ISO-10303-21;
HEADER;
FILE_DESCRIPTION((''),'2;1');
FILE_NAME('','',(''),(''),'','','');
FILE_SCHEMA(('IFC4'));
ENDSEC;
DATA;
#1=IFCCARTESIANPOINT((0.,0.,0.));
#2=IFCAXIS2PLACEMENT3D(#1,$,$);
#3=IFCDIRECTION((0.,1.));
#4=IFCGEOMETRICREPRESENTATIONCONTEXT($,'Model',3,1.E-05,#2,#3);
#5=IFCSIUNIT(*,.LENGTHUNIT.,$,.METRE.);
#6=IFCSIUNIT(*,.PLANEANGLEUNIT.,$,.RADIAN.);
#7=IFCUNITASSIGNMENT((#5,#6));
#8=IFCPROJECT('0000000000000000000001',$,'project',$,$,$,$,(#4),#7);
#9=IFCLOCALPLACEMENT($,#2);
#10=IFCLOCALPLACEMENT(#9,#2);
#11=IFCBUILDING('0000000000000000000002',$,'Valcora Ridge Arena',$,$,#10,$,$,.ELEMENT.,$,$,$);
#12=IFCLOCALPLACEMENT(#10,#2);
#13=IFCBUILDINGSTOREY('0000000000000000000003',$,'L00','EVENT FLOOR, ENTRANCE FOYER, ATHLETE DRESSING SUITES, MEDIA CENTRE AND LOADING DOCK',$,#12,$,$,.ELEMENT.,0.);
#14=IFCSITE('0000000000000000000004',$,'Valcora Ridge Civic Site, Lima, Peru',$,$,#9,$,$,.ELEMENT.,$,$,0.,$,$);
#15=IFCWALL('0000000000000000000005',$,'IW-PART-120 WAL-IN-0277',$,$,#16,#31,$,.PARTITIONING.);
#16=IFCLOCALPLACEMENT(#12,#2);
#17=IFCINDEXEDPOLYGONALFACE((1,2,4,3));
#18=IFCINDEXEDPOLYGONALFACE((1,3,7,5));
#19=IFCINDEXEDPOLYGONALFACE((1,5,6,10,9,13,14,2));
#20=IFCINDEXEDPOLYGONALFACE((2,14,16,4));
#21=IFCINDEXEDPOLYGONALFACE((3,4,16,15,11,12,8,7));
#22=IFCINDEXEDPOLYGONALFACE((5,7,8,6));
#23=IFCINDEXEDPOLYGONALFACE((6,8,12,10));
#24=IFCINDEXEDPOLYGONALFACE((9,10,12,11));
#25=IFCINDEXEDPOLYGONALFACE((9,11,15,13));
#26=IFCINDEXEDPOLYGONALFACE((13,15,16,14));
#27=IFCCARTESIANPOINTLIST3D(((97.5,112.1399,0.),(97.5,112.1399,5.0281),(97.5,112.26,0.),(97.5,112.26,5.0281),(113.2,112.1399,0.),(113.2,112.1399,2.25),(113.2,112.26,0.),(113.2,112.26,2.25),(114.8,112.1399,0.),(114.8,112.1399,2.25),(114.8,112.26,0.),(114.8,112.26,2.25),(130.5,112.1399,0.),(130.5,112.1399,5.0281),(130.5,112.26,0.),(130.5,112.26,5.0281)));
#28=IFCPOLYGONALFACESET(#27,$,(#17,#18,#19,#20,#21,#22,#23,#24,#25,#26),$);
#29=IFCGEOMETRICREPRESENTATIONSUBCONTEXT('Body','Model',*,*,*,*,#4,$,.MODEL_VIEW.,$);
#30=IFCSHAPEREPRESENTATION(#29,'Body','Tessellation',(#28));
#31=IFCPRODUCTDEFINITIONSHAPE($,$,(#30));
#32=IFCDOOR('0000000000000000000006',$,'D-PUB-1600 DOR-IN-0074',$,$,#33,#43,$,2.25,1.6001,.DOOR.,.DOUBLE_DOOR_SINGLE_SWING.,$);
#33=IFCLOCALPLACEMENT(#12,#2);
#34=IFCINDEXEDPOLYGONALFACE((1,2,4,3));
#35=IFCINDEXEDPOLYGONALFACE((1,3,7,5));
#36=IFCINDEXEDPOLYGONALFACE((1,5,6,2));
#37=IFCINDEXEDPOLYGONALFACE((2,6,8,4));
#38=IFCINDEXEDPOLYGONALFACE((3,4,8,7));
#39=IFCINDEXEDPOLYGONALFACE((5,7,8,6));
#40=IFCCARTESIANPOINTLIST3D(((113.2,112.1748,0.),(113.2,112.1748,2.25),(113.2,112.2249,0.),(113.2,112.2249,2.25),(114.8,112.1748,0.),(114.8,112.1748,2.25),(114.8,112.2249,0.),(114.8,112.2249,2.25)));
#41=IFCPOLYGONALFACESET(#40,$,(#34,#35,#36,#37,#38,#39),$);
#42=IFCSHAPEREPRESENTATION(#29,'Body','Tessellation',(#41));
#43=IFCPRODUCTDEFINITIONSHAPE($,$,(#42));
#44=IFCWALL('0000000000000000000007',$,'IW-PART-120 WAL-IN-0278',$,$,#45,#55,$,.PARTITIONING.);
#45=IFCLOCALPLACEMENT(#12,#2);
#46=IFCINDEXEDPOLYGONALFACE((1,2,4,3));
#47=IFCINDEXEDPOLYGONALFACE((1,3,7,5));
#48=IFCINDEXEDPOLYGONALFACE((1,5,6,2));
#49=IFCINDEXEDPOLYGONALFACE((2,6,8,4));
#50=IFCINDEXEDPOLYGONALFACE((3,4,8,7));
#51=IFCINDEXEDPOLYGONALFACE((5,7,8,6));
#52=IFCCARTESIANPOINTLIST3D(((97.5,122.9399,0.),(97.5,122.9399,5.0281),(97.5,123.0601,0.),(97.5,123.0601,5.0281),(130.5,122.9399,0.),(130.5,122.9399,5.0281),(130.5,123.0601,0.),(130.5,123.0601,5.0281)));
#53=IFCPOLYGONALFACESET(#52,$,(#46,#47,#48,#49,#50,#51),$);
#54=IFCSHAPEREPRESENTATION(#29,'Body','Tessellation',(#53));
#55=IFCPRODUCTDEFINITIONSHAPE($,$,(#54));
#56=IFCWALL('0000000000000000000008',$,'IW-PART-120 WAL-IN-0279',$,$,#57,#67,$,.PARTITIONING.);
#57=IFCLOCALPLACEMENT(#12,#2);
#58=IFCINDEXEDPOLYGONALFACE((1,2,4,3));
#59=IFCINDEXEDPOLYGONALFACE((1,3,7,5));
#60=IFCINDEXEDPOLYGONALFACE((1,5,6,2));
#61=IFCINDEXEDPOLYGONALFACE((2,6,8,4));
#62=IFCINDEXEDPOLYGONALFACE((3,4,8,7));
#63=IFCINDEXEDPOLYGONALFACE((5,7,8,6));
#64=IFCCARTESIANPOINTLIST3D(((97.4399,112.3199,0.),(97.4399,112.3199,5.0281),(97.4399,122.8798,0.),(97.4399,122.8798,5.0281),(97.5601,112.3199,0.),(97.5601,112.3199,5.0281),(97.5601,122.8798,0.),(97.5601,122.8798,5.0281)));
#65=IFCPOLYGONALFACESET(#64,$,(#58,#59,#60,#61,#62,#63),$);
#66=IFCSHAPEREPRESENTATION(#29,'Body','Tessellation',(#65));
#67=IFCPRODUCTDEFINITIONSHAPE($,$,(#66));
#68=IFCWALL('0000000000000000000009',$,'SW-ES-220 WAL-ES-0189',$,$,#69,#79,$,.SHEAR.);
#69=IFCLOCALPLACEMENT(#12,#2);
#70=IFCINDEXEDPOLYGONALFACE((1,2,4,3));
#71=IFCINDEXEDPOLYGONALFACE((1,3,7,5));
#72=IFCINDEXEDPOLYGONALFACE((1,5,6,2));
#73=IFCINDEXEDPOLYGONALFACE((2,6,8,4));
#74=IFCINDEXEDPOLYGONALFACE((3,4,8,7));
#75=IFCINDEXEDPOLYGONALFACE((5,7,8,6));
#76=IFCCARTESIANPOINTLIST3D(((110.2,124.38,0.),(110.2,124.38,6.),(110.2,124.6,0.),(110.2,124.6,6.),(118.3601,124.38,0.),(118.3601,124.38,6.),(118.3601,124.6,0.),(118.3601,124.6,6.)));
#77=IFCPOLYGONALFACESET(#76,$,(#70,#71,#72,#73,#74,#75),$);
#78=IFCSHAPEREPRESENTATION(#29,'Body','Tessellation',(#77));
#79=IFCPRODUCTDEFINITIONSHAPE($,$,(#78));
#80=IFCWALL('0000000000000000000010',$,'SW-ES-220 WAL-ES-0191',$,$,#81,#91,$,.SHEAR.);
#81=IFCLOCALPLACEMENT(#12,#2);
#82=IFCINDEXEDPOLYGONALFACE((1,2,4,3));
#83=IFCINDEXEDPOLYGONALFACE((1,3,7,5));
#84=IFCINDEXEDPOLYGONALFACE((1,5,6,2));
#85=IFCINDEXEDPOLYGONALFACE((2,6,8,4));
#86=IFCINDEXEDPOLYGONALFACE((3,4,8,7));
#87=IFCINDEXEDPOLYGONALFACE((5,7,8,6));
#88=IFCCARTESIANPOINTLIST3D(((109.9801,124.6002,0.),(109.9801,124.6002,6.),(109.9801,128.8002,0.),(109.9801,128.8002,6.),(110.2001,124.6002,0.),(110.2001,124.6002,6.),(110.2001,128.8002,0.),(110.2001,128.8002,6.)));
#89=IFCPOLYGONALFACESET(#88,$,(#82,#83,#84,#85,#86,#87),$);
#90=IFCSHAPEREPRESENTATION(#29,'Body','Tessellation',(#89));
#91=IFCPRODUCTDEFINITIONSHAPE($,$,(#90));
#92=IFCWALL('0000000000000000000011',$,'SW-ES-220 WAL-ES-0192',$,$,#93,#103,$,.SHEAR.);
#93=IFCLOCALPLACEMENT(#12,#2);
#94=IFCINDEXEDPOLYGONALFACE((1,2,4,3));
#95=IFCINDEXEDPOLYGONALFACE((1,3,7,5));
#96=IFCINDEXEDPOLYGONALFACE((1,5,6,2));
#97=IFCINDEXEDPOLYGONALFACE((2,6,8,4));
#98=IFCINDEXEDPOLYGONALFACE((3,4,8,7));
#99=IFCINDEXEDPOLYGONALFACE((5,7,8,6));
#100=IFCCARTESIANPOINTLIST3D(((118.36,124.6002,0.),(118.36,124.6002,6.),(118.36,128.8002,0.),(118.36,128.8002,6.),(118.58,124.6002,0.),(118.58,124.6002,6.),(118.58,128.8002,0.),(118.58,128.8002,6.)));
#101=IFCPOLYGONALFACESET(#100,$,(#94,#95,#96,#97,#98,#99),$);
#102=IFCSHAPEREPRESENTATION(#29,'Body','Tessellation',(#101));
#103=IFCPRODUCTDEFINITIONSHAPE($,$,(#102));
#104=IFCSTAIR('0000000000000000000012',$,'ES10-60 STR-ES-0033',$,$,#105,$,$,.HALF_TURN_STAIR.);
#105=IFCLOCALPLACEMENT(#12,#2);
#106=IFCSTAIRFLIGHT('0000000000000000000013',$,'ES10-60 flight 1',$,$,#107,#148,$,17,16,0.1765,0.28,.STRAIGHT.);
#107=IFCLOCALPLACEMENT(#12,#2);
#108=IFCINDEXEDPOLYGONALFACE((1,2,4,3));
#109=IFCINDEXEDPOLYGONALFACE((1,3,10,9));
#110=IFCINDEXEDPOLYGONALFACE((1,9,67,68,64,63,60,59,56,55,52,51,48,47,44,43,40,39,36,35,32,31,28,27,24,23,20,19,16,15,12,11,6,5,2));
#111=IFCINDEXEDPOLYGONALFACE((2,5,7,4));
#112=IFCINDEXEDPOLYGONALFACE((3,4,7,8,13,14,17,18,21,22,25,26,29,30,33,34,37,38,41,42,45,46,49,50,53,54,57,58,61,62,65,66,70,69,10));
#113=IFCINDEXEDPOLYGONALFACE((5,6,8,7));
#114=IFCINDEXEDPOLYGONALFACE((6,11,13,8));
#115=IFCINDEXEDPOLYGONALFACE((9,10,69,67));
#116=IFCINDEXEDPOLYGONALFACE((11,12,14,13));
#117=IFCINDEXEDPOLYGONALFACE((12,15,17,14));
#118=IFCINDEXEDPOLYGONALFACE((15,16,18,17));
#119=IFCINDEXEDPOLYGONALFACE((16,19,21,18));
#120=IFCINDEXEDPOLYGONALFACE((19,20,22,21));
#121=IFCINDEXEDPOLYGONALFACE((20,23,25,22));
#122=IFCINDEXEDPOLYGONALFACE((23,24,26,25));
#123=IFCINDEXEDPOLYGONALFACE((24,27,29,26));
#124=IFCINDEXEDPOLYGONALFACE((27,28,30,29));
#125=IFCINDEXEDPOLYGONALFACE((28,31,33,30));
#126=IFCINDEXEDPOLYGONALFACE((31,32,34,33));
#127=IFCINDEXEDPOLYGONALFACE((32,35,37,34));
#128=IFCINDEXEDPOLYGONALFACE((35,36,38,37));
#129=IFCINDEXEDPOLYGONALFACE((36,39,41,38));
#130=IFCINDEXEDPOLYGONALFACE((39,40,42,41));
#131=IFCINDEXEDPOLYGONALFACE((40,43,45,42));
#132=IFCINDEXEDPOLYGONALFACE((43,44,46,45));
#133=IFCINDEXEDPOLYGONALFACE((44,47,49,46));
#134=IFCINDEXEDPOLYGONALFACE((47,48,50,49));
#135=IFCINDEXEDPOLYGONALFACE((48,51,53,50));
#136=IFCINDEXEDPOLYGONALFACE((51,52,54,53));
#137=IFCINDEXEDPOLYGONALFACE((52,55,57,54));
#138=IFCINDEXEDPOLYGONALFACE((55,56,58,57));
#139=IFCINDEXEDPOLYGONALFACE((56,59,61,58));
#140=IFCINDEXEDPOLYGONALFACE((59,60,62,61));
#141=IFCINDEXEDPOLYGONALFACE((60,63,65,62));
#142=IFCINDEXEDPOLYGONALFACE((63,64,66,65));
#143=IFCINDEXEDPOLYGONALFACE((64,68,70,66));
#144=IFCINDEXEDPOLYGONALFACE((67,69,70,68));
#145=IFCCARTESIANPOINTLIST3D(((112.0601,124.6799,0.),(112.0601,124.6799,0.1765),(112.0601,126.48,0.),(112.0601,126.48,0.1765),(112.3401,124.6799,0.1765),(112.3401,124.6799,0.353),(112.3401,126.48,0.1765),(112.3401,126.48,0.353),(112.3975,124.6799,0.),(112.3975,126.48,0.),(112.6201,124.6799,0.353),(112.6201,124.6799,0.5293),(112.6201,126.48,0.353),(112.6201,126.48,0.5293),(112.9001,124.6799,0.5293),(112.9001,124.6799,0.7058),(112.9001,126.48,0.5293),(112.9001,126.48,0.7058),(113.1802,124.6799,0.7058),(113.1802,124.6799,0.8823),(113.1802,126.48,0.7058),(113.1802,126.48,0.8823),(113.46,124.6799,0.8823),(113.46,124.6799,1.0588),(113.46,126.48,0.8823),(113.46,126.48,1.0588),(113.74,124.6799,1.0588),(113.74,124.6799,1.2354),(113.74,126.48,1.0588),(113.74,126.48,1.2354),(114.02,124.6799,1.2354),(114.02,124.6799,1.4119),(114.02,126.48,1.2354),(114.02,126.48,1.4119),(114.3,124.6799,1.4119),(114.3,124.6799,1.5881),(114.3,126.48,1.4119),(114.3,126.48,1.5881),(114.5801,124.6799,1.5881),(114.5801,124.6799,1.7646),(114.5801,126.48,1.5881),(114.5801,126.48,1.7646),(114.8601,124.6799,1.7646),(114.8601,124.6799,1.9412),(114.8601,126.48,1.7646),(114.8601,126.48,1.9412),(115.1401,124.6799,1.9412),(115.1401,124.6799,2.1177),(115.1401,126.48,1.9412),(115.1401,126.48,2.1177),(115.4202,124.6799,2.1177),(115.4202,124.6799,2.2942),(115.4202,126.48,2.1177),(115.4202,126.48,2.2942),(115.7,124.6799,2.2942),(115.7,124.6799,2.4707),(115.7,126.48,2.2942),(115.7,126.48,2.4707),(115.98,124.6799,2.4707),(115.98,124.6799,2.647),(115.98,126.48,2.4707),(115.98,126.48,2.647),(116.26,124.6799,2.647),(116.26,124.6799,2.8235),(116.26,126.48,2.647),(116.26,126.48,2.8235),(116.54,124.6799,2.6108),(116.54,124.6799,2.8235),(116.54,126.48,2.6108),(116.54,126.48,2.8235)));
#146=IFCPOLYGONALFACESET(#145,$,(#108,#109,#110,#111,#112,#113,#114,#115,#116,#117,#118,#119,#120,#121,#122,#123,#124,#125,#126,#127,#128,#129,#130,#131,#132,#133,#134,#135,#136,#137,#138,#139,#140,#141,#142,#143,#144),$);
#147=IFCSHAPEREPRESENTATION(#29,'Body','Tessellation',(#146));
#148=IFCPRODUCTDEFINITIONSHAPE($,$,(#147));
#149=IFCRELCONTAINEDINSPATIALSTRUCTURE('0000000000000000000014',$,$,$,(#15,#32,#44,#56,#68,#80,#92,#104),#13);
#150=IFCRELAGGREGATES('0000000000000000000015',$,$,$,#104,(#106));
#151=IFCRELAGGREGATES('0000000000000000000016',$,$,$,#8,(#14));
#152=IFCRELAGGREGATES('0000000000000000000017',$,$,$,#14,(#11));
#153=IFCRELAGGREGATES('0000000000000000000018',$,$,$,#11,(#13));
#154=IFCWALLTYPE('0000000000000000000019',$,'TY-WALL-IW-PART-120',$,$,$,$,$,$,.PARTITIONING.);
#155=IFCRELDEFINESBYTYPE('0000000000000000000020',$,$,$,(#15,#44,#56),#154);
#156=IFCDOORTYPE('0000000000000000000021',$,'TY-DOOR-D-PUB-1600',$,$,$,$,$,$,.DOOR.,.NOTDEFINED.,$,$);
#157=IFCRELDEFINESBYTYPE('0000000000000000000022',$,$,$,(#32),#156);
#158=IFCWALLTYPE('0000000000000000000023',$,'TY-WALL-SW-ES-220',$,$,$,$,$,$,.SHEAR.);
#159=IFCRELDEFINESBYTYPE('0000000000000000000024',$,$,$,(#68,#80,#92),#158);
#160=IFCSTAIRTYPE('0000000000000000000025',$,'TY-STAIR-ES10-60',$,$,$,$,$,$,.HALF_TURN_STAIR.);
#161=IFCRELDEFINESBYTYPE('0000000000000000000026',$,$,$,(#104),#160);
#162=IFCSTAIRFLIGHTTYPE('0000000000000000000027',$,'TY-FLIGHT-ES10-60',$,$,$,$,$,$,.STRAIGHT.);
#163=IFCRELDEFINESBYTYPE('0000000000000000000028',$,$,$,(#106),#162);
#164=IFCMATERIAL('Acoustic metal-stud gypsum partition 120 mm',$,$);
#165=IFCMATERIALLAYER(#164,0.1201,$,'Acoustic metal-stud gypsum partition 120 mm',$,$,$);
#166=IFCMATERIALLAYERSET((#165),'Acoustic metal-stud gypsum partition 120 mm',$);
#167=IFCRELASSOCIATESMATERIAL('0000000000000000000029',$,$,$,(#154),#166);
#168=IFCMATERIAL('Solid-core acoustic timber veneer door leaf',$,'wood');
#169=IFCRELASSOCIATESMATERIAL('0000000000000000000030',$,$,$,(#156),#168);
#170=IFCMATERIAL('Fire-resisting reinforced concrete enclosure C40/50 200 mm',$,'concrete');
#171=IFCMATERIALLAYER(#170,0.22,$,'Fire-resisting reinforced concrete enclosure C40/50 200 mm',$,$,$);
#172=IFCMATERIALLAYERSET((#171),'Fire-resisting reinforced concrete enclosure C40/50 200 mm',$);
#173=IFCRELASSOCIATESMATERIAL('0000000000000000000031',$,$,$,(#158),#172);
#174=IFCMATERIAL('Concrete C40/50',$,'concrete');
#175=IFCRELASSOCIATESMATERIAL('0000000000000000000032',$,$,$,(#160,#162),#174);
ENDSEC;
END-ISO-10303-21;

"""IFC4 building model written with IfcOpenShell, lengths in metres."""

from ifc_helpers import new_model, si_unit, direction, frame, frame_2d, origin, place, context, subcontext, project, spatial, polyline, rectangle, outline, extrude, material, layer, layer_set, type_object, element, fill, aggregate, save


model = new_model("IFC4")

# Units and contexts
model_context = context("Model", 3, precision=1e-05, world=origin(), true_north=direction((0.0, 1.0)))
body_context = subcontext(model_context, "Body", "Model", "MODEL_VIEW")
ifc_project = project(units=[si_unit("LENGTHUNIT", "METRE"), si_unit("PLANEANGLEUNIT", "RADIAN")], contexts=[model_context])

# Site, building, storey
site_placement = place(None, origin())
site = spatial("IfcSite", under=ifc_project, at=site_placement, Name="Valcora Ridge Civic Site, Lima, Peru", CompositionType="ELEMENT", RefElevation=0.0)
building_placement = place(site_placement, origin())
building = spatial("IfcBuilding", under=site, at=building_placement, Name="Valcora Ridge Arena", CompositionType="ELEMENT")
storey_placement = place(building_placement, origin())
storey = spatial("IfcBuildingStorey", under=building, at=storey_placement, Name="L00", Description="EVENT FLOOR, ENTRANCE FOYER, ATHLETE DRESSING SUITES, MEDIA CENTRE AND LOADING DOCK", CompositionType="ELEMENT", Elevation=0.0)

# Shared definitions
ifc_material_1 = material(Name="Concrete C40/50", Category="concrete")

# Wall, opening, door
ifc_material_2 = material(Name="Acoustic metal-stud gypsum partition 120 mm")
ifc_layer_1 = layer(ifc_material_2, 0.1201, Name="Acoustic metal-stud gypsum partition 120 mm")
ifc_layer_set_1 = layer_set([ifc_layer_1], Name="Acoustic metal-stud gypsum partition 120 mm")
wall_type_1 = type_object("IfcWallType", Name="TY-WALL-IW-PART-120", PredefinedType="PARTITIONING", material=ifc_layer_set_1)
wall_1_placement = place(storey_placement, frame((97.5, 112.2, 0.0), z_axis=(0.0, 0.0, 1.0), x_axis=(1.0, 0.0, 0.0)))
wall_1 = element("IfcWall", 1, at=wall_1_placement, inside=storey, type_object=wall_type_1, Name="IW-PART-120 WAL-IN-0277", PredefinedType="PARTITIONING", context=body_context, shape_type="SweptSolid", body=[
    extrude(rectangle(XDim=33.0, YDim=0.1201, at=frame_2d((16.5, 0.0))), origin(), (0.0, 0.0, 1.0), 5.0281),
])
opening_placement = place(wall_1_placement, frame((15.7, 0.0, 0.0)))
opening = element("IfcOpeningElement", 2, at=opening_placement, cuts=wall_1, PredefinedType="OPENING", context=body_context, shape_type="SweptSolid", body=[
    extrude(rectangle(XDim=1.6001, YDim=2.25, at=frame_2d((0.8, 1.125))), frame((0.0, 0.0701, 0.0), z_axis=(0.0, -1.0, 0.0), x_axis=(1.0, 0.0, 0.0)), (0.0, 0.0, 1.0), 0.1401),
])
ifc_material_3 = material(Name="Solid-core acoustic timber veneer door leaf", Category="wood")
door_type = type_object("IfcDoorType", Name="TY-DOOR-D-PUB-1600", OperationType="NOTDEFINED", PredefinedType="DOOR", material=ifc_material_3)
door_placement = place(opening_placement, origin())
door = element("IfcDoor", 3, at=door_placement, inside=storey, type_object=door_type, Name="D-PUB-1600 DOR-IN-0074", OperationType="DOUBLE_DOOR_SINGLE_SWING", OverallHeight=2.25, OverallWidth=1.6001, PredefinedType="DOOR", context=body_context, shape_type="SweptSolid", body=[
    extrude(rectangle(XDim=1.6001, YDim=2.25, at=frame_2d((0.8, 1.125))), frame((0.0, 0.0249, 0.0), z_axis=(0.0, -1.0, 0.0), x_axis=(1.0, 0.0, 0.0)), (0.0, 0.0, 1.0), 0.05),
])
fill(opening, door)

# Walls
wall_2_placement = place(storey_placement, frame((97.5, 123.0, 0.0), z_axis=(0.0, 0.0, 1.0), x_axis=(1.0, 0.0, 0.0)))
element("IfcWall", 4, at=wall_2_placement, inside=storey, type_object=wall_type_1, Name="IW-PART-120 WAL-IN-0278", PredefinedType="PARTITIONING", context=body_context, shape_type="SweptSolid", body=[
    extrude(rectangle(XDim=33.0, YDim=0.1201, at=frame_2d((16.5, 0.0))), origin(), (0.0, 0.0, 1.0), 5.0281),
])
wall_3_placement = place(storey_placement, frame((97.5, 112.3201, 0.0), z_axis=(0.0, 0.0, 1.0), x_axis=(0.0, 1.0, 0.0)))
element("IfcWall", 5, at=wall_3_placement, inside=storey, type_object=wall_type_1, Name="IW-PART-120 WAL-IN-0279", PredefinedType="PARTITIONING", context=body_context, shape_type="SweptSolid", body=[
    extrude(rectangle(XDim=10.5598, YDim=0.1201, at=frame_2d((5.2798, 0.0))), origin(), (0.0, 0.0, 1.0), 5.0281),
])
ifc_material_4 = material(Name="Fire-resisting reinforced concrete enclosure C40/50 200 mm", Category="concrete")
ifc_layer_2 = layer(ifc_material_4, 0.22, Name="Fire-resisting reinforced concrete enclosure C40/50 200 mm")
ifc_layer_set_2 = layer_set([ifc_layer_2], Name="Fire-resisting reinforced concrete enclosure C40/50 200 mm")
wall_type_2 = type_object("IfcWallType", Name="TY-WALL-SW-ES-220", PredefinedType="SHEAR", material=ifc_layer_set_2)
wall_4_placement = place(storey_placement, frame((110.2, 124.49, 0.0), z_axis=(0.0, 0.0, 1.0), x_axis=(1.0, 0.0, 0.0)))
element("IfcWall", 6, at=wall_4_placement, inside=storey, type_object=wall_type_2, Name="SW-ES-220 WAL-ES-0189", PredefinedType="SHEAR", context=body_context, shape_type="SweptSolid", body=[
    extrude(rectangle(XDim=8.1602, YDim=0.22, at=frame_2d((4.0801, 0.0))), origin(), (0.0, 0.0, 1.0), 6.0),
])
for number, where, z_axis, x_axis, name in (
    (7, (110.0901, 124.6001, 0.0), (0.0, 0.0, 1.0), (0.0, 1.0, 0.0), "SW-ES-220 WAL-ES-0191"),
    (8, (118.47, 124.6001, 0.0), (0.0, 0.0, 1.0), (0.0, 1.0, 0.0), "SW-ES-220 WAL-ES-0192"),
):
    element("IfcWall", number, at=place(storey_placement, frame(where, z_axis=z_axis, x_axis=x_axis)), inside=storey, type_object=wall_type_2, Name=name, PredefinedType="SHEAR", context=body_context, shape_type="SweptSolid", body=[
        extrude(rectangle(XDim=4.2, YDim=0.22, at=frame_2d((2.1001, 0.0))), origin(), (0.0, 0.0, 1.0), 6.0),
    ])

# Stair, stair flight
stair_type = type_object("IfcStairType", Name="TY-STAIR-ES10-60", PredefinedType="HALF_TURN_STAIR", material=ifc_material_1)
stair_placement = place(storey_placement, origin())
stair = element("IfcStair", 9, at=stair_placement, inside=storey, type_object=stair_type, Name="ES10-60 STR-ES-0033", PredefinedType="HALF_TURN_STAIR")
stair_flight_type = type_object("IfcStairFlightType", Name="TY-FLIGHT-ES10-60", PredefinedType="STRAIGHT", material=ifc_material_1)
stair_flight_placement = place(storey_placement, frame((112.0601, 125.5801, 0.0), z_axis=(0.0, 0.0, 1.0), x_axis=(1.0, 0.0, 0.0)))
stair_flight = element("IfcStairFlight", 10, at=stair_flight_placement, type_object=stair_flight_type, Name="ES10-60 flight 1", NumberOfRisers=17, NumberOfTreads=16, PredefinedType="STRAIGHT", RiserHeight=0.1765, TreadLength=0.28, context=body_context, shape_type="SweptSolid", body=[
    extrude(outline(polyline([(0.0, 0.0), (0.0, 0.1765), (0.28, 0.1765), (0.28, 0.353), (0.5601, 0.353), (0.5601, 0.5293), (0.8401, 0.5293), (0.8401, 0.7058), (1.1201, 0.7058), (1.1201, 0.8823), (1.3999, 0.8823), (1.3999, 1.0588), (1.6799, 1.0588), (1.6799, 1.2354), (1.96, 1.2354), (1.96, 1.4119), (2.24, 1.4119), (2.24, 1.5881), (2.52, 1.5881), (2.52, 1.7646), (2.8, 1.7646), (2.8, 1.9412), (3.0801, 1.9412), (3.0801, 2.1177), (3.3601, 2.1177), (3.3601, 2.2942), (3.6399, 2.2942), (3.6399, 2.4707), (3.9199, 2.4707), (3.9199, 2.647), (4.2, 2.647), (4.2, 2.8235), (4.48, 2.8235), (4.48, 3.0), (4.48, 2.6108), (0.3374, 0.0), (0.0, 0.0)])), frame((0.0, 0.8999, 0.0), z_axis=(0.0, -1.0, 0.0), x_axis=(1.0, 0.0, 0.0)), (0.0, 0.0, 1.0), 1.8),
])
aggregate(stair, [stair_flight])

save(model, "model.ifc")
